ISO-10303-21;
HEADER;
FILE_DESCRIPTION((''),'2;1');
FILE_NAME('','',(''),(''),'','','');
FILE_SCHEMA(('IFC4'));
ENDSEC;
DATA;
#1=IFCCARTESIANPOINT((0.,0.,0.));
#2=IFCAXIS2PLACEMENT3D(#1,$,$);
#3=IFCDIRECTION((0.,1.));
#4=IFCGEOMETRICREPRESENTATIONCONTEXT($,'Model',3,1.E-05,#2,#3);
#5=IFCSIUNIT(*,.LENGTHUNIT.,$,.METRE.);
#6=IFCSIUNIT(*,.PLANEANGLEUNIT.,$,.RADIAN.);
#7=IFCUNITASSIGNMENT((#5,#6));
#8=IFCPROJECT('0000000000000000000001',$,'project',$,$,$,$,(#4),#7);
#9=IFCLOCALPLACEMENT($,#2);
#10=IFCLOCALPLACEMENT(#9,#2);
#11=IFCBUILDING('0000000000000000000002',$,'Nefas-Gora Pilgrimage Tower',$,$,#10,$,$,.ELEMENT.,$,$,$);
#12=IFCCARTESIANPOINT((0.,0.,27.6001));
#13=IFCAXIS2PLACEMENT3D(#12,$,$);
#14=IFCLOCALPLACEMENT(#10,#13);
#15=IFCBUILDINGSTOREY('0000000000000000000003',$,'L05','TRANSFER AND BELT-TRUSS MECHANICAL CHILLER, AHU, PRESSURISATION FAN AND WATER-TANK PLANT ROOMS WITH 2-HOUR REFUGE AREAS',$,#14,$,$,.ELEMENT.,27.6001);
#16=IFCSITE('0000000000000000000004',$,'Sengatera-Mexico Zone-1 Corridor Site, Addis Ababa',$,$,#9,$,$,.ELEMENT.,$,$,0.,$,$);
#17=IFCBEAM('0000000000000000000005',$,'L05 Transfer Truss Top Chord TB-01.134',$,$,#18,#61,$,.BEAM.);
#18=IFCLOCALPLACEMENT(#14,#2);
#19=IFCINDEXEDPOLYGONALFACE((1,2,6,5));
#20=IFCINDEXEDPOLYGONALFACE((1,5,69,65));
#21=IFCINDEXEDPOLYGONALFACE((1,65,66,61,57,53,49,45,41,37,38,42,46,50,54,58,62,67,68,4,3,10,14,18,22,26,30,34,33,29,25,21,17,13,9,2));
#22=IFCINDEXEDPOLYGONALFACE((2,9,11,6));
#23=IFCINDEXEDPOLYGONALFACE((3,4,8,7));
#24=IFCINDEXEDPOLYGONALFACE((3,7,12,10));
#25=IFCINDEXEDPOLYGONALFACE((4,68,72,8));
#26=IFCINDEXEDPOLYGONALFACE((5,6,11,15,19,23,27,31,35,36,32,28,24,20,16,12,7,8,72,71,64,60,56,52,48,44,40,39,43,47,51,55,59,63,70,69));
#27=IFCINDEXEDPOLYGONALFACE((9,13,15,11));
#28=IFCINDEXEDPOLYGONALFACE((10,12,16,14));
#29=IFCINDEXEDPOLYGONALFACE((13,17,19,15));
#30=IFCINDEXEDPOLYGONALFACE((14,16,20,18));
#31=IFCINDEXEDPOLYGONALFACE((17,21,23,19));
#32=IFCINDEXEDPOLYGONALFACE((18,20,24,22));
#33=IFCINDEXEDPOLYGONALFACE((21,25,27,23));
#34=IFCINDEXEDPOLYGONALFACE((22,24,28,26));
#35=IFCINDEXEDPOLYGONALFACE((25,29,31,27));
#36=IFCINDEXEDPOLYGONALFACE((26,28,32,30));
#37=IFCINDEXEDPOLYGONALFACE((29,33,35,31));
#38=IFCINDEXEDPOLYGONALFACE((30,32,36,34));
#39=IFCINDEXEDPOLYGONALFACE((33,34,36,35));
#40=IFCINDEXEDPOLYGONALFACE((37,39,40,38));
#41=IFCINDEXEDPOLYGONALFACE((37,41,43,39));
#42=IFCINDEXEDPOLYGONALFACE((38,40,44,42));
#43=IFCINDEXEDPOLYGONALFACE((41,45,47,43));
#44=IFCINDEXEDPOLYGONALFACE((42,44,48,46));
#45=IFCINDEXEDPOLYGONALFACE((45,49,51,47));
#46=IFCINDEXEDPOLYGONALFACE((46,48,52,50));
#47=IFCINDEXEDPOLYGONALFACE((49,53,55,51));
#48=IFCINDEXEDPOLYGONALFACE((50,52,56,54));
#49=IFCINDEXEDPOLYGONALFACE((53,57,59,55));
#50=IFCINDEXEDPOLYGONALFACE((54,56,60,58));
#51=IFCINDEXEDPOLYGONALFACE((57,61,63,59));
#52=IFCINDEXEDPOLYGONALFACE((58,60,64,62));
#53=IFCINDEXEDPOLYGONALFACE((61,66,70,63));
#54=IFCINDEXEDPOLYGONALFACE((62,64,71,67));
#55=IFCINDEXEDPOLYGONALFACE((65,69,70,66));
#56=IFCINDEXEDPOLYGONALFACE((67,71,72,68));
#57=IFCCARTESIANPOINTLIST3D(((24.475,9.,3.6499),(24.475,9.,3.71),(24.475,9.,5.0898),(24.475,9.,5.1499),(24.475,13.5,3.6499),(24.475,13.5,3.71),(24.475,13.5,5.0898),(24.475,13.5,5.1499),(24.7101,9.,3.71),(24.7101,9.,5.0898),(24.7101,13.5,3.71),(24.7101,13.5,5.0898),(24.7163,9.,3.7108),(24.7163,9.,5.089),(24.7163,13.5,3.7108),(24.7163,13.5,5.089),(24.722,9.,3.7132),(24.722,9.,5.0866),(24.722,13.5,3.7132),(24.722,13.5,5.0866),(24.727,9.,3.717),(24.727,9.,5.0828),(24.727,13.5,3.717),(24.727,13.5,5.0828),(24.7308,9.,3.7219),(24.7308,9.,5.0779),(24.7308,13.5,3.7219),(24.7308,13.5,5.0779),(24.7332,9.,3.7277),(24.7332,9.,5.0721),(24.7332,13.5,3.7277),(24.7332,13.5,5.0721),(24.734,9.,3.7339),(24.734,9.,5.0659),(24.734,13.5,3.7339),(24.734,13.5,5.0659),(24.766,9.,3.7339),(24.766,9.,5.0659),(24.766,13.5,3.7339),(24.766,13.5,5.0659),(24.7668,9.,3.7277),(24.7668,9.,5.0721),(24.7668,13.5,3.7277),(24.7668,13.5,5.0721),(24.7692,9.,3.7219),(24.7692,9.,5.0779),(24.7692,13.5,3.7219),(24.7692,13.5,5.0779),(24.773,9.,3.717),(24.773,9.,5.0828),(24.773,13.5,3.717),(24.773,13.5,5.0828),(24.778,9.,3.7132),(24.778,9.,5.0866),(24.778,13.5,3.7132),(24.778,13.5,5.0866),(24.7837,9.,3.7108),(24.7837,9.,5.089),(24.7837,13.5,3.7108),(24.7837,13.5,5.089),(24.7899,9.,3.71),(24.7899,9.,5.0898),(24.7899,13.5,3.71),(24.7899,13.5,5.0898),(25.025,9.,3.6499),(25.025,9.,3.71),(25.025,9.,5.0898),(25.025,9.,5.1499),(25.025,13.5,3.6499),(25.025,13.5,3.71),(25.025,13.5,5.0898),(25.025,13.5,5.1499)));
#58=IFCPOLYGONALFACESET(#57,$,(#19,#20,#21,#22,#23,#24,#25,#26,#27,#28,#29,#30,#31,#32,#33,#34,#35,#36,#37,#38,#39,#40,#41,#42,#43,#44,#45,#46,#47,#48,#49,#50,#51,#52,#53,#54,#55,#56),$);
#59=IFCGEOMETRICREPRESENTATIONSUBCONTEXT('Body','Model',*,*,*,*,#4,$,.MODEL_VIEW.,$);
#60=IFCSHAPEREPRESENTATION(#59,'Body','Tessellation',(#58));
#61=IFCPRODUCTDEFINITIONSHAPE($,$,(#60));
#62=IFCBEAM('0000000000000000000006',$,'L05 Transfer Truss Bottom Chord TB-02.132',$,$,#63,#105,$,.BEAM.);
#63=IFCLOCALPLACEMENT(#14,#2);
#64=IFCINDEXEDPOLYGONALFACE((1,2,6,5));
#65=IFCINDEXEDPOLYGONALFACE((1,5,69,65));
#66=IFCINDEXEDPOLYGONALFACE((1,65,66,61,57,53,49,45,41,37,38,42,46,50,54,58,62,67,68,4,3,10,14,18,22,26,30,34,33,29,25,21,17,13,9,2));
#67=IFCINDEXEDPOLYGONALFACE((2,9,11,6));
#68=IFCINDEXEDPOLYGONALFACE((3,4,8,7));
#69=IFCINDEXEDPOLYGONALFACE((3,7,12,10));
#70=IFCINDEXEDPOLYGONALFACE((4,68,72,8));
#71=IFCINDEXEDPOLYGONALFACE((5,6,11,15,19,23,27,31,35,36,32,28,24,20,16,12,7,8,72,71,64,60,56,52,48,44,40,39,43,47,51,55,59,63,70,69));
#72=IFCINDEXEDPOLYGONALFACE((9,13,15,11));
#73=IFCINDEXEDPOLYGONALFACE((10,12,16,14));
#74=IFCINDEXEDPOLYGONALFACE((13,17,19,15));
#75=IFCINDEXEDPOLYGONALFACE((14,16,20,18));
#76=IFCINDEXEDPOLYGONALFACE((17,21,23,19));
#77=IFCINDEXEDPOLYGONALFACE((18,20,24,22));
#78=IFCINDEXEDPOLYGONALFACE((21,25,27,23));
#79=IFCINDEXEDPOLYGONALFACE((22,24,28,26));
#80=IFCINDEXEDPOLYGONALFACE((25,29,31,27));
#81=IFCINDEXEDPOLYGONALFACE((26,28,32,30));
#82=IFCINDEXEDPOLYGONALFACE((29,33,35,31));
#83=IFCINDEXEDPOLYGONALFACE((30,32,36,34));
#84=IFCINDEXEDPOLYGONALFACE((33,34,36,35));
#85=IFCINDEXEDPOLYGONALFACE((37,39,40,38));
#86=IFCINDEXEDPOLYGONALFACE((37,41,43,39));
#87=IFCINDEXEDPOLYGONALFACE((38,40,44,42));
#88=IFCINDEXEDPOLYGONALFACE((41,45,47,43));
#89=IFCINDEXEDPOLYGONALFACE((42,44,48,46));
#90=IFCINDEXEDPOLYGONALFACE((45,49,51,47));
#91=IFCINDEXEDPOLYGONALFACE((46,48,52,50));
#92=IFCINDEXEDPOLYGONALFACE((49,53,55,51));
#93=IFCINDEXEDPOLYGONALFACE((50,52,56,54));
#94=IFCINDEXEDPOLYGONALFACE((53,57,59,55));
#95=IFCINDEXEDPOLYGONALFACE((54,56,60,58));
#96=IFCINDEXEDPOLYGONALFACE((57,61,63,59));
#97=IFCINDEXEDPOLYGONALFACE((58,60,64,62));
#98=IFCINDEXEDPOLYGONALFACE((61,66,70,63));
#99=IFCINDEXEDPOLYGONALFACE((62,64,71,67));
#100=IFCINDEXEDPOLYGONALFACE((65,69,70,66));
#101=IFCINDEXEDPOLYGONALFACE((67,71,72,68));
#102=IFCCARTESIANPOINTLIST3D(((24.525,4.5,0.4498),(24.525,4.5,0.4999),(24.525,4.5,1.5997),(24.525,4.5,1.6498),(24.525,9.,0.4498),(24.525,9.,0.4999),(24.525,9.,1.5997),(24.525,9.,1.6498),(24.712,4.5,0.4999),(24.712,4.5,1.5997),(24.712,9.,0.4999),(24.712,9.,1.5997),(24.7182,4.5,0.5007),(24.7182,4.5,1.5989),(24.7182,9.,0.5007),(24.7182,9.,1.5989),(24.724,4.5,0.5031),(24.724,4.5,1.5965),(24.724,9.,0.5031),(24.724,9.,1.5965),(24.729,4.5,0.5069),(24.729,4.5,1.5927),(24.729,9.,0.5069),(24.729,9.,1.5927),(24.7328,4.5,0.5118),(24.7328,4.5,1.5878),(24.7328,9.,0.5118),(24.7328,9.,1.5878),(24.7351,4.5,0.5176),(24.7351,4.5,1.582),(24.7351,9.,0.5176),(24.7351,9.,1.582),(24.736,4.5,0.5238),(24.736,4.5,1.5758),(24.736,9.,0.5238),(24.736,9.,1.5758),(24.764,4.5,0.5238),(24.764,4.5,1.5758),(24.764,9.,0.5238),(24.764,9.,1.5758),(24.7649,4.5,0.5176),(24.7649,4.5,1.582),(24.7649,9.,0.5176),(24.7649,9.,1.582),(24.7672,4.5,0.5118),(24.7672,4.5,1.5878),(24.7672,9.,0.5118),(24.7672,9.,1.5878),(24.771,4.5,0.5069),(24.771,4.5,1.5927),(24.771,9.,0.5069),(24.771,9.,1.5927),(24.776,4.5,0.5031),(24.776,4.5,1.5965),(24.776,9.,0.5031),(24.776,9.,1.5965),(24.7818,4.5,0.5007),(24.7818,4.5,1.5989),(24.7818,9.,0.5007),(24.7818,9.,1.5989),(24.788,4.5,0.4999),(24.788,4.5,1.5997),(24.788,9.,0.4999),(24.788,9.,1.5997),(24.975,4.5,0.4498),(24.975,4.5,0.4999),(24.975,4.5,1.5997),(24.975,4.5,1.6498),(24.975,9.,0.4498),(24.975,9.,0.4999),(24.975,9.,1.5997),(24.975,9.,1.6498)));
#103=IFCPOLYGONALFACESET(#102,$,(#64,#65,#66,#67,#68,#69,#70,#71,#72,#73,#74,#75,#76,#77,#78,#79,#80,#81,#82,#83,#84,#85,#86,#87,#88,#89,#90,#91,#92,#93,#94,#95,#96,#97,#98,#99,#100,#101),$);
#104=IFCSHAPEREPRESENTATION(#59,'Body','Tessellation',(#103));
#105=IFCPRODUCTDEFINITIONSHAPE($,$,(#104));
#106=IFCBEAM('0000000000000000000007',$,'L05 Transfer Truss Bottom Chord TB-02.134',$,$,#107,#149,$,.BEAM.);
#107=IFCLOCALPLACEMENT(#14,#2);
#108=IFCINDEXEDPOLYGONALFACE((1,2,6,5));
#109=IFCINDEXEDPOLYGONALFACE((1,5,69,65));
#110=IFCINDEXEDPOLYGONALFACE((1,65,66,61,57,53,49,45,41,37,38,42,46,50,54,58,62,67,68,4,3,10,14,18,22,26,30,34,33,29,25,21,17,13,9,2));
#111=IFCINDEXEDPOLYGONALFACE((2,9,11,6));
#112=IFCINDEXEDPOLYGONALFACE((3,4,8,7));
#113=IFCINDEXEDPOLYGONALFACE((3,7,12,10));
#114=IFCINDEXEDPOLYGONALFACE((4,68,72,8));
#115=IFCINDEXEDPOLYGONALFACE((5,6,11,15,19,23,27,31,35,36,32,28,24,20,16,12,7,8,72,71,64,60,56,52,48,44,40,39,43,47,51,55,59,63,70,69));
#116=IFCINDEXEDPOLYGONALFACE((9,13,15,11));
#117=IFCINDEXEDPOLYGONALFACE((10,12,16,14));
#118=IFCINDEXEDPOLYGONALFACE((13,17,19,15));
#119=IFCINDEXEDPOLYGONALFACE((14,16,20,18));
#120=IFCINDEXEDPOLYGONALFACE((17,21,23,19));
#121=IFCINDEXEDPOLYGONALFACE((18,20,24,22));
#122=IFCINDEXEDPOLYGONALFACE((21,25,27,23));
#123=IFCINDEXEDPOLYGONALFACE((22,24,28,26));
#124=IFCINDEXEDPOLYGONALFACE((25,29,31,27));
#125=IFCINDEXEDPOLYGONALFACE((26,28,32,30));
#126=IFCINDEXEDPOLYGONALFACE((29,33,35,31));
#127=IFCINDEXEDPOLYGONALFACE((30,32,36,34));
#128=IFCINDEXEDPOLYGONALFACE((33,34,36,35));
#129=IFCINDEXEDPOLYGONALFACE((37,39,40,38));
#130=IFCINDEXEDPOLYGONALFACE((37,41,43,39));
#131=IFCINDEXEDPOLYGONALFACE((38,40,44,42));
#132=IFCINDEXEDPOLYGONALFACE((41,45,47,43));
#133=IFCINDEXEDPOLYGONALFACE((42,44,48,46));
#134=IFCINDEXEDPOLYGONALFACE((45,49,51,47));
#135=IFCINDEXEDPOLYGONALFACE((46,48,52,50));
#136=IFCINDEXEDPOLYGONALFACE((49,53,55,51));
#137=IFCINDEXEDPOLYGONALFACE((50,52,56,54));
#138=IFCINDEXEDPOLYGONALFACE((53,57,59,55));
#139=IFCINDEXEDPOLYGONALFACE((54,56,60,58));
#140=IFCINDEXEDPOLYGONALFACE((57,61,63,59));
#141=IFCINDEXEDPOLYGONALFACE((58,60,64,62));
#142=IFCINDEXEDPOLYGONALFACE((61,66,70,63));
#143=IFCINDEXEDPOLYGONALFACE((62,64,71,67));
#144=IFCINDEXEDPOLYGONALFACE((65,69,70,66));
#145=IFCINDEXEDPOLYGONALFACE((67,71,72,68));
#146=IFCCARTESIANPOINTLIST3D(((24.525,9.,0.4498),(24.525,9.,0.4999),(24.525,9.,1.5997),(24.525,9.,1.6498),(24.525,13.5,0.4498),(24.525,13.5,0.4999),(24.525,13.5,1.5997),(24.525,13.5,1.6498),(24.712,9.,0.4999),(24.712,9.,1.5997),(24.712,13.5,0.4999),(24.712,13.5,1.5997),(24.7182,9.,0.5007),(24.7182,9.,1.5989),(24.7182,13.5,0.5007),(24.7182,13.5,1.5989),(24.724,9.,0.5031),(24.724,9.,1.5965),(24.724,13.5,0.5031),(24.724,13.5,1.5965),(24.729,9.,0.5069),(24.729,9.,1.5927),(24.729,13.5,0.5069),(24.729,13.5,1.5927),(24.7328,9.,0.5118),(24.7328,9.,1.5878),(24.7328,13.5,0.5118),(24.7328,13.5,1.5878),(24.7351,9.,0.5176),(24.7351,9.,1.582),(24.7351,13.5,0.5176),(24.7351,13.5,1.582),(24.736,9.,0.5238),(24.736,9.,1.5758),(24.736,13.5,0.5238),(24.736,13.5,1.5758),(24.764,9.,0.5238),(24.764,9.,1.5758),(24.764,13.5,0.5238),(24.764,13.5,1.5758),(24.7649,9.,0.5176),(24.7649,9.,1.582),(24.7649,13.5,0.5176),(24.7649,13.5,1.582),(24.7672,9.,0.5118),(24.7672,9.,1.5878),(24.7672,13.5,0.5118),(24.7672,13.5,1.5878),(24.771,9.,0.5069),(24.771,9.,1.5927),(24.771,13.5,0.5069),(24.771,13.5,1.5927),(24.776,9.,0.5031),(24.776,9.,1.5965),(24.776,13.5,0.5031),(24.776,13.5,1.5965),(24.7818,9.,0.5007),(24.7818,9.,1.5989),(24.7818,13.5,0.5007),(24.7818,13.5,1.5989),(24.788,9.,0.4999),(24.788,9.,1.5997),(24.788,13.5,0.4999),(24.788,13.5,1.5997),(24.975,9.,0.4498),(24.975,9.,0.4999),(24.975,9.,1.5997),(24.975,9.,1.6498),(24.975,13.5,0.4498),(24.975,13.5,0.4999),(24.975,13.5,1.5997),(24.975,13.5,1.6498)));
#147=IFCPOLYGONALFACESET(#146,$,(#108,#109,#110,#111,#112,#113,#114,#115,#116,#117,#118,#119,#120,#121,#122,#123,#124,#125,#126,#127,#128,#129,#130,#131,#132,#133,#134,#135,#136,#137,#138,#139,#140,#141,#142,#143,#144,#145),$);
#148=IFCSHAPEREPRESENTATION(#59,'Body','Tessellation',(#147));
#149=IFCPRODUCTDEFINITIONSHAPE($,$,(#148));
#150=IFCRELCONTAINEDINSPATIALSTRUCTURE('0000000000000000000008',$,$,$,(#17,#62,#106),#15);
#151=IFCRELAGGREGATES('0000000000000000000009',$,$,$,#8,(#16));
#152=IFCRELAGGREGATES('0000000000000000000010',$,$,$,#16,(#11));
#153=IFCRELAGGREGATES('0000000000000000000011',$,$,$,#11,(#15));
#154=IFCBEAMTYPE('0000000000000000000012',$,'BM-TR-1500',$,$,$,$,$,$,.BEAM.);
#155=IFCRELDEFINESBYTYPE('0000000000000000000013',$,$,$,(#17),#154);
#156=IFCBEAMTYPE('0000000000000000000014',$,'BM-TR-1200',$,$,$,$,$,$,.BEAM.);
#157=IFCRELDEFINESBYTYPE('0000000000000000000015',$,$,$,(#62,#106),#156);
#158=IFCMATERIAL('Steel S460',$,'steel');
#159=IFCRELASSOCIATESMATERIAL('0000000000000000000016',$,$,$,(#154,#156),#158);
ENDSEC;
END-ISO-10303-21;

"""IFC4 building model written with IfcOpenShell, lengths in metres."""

from ifc_helpers import new_model, si_unit, direction, frame, origin, origin_2d, place, context, subcontext, project, spatial, i_section, extrude, source, transform, mapped, material, material_profile, profile_set, type_object, element, save


model = new_model("IFC4")

# Units and contexts
model_context = context("Model", 3, precision=1e-05, world=origin(), true_north=direction((0.0, 1.0)))
body_context = subcontext(model_context, "Body", "Model", "MODEL_VIEW")
ifc_project = project(units=[si_unit("LENGTHUNIT", "METRE"), si_unit("PLANEANGLEUNIT", "RADIAN")], contexts=[model_context])

# Site, building, storey
site_placement = place(None, origin())
site = spatial("IfcSite", under=ifc_project, at=site_placement, Name="Sengatera-Mexico Zone-1 Corridor Site, Addis Ababa", CompositionType="ELEMENT", RefElevation=0.0)
building_placement = place(site_placement, origin())
building = spatial("IfcBuilding", under=site, at=building_placement, Name="Nefas-Gora Pilgrimage Tower", CompositionType="ELEMENT")
storey_placement = place(building_placement, frame((0.0, 0.0, 27.6001)))
storey = spatial("IfcBuildingStorey", under=building, at=storey_placement, Name="L05", Description="TRANSFER AND BELT-TRUSS MECHANICAL CHILLER, AHU, PRESSURISATION FAN AND WATER-TANK PLANT ROOMS WITH 2-HOUR REFUGE AREAS", CompositionType="ELEMENT", Elevation=27.6001)

# Shared definitions
ifc_material = material(Name="Steel S460", Category="steel")

# Beams
ifc_material_profile_1 = material_profile(ifc_material, i_section(OverallWidth=0.55, OverallDepth=1.5, WebThickness=0.032, FlangeThickness=0.0601, FilletRadius=0.0239, at=origin_2d()), Name="WPG 1500x550x32x60")
ifc_profile_set_1 = profile_set([ifc_material_profile_1], Name="Steel S460")
beam_type_1 = type_object("IfcBeamType", Name="BM-TR-1500", PredefinedType="BEAM", material=ifc_profile_set_1)
shared_shape_1 = source(origin(), body_context, "Body", "SweptSolid", [
    extrude(i_section(OverallWidth=0.55, OverallDepth=1.5, WebThickness=0.032, FlangeThickness=0.0601, FilletRadius=0.0239, at=origin_2d()), origin(), (0.0, 0.0, 1.0), 4.5),
])
for number, where, z_axis, x_axis, name in (
    (1, (24.75, 9.0, 4.3999), (0.0, 1.0, 0.0), (-1.0, 0.0, 0.0), "L05 Transfer Truss Top Chord TB-01.134"),
):
    element("IfcBeam", number, at=place(storey_placement, frame(where, z_axis=z_axis, x_axis=x_axis)), inside=storey, type_object=beam_type_1, Name=name, PredefinedType="BEAM", context=body_context, shape_type="MappedRepresentation", body=[
        mapped(shared_shape_1, transform((0.0, 0.0, 0.0), x_axis=(1.0, 0.0, 0.0), y_axis=(0.0, 1.0, 0.0), z_axis=(0.0, 0.0, 1.0), scale=1.0)),
    ])
ifc_material_profile_2 = material_profile(ifc_material, i_section(OverallWidth=0.45, OverallDepth=1.2, WebThickness=0.0281, FlangeThickness=0.05, FilletRadius=0.0239, at=origin_2d()), Name="WPG 1200x450x28x50")
ifc_profile_set_2 = profile_set([ifc_material_profile_2], Name="Steel S460")
beam_type_2 = type_object("IfcBeamType", Name="BM-TR-1200", PredefinedType="BEAM", material=ifc_profile_set_2)
shared_shape_2 = source(origin(), body_context, "Body", "SweptSolid", [
    extrude(i_section(OverallWidth=0.45, OverallDepth=1.2, WebThickness=0.0281, FlangeThickness=0.05, FilletRadius=0.0239, at=origin_2d()), origin(), (0.0, 0.0, 1.0), 4.5),
])
for number, where, z_axis, x_axis, name in (
    (2, (24.75, 4.5, 1.0498), (0.0, 1.0, 0.0), (-1.0, 0.0, 0.0), "L05 Transfer Truss Bottom Chord TB-02.132"),
    (3, (24.75, 9.0, 1.0498), (0.0, 1.0, 0.0), (-1.0, 0.0, 0.0), "L05 Transfer Truss Bottom Chord TB-02.134"),
):
    element("IfcBeam", number, at=place(storey_placement, frame(where, z_axis=z_axis, x_axis=x_axis)), inside=storey, type_object=beam_type_2, Name=name, PredefinedType="BEAM", context=body_context, shape_type="MappedRepresentation", body=[
        mapped(shared_shape_2, transform((0.0, 0.0, 0.0), x_axis=(1.0, 0.0, 0.0), y_axis=(0.0, 1.0, 0.0), z_axis=(0.0, 0.0, 1.0), scale=1.0)),
    ])

save(model, "model.ifc")
